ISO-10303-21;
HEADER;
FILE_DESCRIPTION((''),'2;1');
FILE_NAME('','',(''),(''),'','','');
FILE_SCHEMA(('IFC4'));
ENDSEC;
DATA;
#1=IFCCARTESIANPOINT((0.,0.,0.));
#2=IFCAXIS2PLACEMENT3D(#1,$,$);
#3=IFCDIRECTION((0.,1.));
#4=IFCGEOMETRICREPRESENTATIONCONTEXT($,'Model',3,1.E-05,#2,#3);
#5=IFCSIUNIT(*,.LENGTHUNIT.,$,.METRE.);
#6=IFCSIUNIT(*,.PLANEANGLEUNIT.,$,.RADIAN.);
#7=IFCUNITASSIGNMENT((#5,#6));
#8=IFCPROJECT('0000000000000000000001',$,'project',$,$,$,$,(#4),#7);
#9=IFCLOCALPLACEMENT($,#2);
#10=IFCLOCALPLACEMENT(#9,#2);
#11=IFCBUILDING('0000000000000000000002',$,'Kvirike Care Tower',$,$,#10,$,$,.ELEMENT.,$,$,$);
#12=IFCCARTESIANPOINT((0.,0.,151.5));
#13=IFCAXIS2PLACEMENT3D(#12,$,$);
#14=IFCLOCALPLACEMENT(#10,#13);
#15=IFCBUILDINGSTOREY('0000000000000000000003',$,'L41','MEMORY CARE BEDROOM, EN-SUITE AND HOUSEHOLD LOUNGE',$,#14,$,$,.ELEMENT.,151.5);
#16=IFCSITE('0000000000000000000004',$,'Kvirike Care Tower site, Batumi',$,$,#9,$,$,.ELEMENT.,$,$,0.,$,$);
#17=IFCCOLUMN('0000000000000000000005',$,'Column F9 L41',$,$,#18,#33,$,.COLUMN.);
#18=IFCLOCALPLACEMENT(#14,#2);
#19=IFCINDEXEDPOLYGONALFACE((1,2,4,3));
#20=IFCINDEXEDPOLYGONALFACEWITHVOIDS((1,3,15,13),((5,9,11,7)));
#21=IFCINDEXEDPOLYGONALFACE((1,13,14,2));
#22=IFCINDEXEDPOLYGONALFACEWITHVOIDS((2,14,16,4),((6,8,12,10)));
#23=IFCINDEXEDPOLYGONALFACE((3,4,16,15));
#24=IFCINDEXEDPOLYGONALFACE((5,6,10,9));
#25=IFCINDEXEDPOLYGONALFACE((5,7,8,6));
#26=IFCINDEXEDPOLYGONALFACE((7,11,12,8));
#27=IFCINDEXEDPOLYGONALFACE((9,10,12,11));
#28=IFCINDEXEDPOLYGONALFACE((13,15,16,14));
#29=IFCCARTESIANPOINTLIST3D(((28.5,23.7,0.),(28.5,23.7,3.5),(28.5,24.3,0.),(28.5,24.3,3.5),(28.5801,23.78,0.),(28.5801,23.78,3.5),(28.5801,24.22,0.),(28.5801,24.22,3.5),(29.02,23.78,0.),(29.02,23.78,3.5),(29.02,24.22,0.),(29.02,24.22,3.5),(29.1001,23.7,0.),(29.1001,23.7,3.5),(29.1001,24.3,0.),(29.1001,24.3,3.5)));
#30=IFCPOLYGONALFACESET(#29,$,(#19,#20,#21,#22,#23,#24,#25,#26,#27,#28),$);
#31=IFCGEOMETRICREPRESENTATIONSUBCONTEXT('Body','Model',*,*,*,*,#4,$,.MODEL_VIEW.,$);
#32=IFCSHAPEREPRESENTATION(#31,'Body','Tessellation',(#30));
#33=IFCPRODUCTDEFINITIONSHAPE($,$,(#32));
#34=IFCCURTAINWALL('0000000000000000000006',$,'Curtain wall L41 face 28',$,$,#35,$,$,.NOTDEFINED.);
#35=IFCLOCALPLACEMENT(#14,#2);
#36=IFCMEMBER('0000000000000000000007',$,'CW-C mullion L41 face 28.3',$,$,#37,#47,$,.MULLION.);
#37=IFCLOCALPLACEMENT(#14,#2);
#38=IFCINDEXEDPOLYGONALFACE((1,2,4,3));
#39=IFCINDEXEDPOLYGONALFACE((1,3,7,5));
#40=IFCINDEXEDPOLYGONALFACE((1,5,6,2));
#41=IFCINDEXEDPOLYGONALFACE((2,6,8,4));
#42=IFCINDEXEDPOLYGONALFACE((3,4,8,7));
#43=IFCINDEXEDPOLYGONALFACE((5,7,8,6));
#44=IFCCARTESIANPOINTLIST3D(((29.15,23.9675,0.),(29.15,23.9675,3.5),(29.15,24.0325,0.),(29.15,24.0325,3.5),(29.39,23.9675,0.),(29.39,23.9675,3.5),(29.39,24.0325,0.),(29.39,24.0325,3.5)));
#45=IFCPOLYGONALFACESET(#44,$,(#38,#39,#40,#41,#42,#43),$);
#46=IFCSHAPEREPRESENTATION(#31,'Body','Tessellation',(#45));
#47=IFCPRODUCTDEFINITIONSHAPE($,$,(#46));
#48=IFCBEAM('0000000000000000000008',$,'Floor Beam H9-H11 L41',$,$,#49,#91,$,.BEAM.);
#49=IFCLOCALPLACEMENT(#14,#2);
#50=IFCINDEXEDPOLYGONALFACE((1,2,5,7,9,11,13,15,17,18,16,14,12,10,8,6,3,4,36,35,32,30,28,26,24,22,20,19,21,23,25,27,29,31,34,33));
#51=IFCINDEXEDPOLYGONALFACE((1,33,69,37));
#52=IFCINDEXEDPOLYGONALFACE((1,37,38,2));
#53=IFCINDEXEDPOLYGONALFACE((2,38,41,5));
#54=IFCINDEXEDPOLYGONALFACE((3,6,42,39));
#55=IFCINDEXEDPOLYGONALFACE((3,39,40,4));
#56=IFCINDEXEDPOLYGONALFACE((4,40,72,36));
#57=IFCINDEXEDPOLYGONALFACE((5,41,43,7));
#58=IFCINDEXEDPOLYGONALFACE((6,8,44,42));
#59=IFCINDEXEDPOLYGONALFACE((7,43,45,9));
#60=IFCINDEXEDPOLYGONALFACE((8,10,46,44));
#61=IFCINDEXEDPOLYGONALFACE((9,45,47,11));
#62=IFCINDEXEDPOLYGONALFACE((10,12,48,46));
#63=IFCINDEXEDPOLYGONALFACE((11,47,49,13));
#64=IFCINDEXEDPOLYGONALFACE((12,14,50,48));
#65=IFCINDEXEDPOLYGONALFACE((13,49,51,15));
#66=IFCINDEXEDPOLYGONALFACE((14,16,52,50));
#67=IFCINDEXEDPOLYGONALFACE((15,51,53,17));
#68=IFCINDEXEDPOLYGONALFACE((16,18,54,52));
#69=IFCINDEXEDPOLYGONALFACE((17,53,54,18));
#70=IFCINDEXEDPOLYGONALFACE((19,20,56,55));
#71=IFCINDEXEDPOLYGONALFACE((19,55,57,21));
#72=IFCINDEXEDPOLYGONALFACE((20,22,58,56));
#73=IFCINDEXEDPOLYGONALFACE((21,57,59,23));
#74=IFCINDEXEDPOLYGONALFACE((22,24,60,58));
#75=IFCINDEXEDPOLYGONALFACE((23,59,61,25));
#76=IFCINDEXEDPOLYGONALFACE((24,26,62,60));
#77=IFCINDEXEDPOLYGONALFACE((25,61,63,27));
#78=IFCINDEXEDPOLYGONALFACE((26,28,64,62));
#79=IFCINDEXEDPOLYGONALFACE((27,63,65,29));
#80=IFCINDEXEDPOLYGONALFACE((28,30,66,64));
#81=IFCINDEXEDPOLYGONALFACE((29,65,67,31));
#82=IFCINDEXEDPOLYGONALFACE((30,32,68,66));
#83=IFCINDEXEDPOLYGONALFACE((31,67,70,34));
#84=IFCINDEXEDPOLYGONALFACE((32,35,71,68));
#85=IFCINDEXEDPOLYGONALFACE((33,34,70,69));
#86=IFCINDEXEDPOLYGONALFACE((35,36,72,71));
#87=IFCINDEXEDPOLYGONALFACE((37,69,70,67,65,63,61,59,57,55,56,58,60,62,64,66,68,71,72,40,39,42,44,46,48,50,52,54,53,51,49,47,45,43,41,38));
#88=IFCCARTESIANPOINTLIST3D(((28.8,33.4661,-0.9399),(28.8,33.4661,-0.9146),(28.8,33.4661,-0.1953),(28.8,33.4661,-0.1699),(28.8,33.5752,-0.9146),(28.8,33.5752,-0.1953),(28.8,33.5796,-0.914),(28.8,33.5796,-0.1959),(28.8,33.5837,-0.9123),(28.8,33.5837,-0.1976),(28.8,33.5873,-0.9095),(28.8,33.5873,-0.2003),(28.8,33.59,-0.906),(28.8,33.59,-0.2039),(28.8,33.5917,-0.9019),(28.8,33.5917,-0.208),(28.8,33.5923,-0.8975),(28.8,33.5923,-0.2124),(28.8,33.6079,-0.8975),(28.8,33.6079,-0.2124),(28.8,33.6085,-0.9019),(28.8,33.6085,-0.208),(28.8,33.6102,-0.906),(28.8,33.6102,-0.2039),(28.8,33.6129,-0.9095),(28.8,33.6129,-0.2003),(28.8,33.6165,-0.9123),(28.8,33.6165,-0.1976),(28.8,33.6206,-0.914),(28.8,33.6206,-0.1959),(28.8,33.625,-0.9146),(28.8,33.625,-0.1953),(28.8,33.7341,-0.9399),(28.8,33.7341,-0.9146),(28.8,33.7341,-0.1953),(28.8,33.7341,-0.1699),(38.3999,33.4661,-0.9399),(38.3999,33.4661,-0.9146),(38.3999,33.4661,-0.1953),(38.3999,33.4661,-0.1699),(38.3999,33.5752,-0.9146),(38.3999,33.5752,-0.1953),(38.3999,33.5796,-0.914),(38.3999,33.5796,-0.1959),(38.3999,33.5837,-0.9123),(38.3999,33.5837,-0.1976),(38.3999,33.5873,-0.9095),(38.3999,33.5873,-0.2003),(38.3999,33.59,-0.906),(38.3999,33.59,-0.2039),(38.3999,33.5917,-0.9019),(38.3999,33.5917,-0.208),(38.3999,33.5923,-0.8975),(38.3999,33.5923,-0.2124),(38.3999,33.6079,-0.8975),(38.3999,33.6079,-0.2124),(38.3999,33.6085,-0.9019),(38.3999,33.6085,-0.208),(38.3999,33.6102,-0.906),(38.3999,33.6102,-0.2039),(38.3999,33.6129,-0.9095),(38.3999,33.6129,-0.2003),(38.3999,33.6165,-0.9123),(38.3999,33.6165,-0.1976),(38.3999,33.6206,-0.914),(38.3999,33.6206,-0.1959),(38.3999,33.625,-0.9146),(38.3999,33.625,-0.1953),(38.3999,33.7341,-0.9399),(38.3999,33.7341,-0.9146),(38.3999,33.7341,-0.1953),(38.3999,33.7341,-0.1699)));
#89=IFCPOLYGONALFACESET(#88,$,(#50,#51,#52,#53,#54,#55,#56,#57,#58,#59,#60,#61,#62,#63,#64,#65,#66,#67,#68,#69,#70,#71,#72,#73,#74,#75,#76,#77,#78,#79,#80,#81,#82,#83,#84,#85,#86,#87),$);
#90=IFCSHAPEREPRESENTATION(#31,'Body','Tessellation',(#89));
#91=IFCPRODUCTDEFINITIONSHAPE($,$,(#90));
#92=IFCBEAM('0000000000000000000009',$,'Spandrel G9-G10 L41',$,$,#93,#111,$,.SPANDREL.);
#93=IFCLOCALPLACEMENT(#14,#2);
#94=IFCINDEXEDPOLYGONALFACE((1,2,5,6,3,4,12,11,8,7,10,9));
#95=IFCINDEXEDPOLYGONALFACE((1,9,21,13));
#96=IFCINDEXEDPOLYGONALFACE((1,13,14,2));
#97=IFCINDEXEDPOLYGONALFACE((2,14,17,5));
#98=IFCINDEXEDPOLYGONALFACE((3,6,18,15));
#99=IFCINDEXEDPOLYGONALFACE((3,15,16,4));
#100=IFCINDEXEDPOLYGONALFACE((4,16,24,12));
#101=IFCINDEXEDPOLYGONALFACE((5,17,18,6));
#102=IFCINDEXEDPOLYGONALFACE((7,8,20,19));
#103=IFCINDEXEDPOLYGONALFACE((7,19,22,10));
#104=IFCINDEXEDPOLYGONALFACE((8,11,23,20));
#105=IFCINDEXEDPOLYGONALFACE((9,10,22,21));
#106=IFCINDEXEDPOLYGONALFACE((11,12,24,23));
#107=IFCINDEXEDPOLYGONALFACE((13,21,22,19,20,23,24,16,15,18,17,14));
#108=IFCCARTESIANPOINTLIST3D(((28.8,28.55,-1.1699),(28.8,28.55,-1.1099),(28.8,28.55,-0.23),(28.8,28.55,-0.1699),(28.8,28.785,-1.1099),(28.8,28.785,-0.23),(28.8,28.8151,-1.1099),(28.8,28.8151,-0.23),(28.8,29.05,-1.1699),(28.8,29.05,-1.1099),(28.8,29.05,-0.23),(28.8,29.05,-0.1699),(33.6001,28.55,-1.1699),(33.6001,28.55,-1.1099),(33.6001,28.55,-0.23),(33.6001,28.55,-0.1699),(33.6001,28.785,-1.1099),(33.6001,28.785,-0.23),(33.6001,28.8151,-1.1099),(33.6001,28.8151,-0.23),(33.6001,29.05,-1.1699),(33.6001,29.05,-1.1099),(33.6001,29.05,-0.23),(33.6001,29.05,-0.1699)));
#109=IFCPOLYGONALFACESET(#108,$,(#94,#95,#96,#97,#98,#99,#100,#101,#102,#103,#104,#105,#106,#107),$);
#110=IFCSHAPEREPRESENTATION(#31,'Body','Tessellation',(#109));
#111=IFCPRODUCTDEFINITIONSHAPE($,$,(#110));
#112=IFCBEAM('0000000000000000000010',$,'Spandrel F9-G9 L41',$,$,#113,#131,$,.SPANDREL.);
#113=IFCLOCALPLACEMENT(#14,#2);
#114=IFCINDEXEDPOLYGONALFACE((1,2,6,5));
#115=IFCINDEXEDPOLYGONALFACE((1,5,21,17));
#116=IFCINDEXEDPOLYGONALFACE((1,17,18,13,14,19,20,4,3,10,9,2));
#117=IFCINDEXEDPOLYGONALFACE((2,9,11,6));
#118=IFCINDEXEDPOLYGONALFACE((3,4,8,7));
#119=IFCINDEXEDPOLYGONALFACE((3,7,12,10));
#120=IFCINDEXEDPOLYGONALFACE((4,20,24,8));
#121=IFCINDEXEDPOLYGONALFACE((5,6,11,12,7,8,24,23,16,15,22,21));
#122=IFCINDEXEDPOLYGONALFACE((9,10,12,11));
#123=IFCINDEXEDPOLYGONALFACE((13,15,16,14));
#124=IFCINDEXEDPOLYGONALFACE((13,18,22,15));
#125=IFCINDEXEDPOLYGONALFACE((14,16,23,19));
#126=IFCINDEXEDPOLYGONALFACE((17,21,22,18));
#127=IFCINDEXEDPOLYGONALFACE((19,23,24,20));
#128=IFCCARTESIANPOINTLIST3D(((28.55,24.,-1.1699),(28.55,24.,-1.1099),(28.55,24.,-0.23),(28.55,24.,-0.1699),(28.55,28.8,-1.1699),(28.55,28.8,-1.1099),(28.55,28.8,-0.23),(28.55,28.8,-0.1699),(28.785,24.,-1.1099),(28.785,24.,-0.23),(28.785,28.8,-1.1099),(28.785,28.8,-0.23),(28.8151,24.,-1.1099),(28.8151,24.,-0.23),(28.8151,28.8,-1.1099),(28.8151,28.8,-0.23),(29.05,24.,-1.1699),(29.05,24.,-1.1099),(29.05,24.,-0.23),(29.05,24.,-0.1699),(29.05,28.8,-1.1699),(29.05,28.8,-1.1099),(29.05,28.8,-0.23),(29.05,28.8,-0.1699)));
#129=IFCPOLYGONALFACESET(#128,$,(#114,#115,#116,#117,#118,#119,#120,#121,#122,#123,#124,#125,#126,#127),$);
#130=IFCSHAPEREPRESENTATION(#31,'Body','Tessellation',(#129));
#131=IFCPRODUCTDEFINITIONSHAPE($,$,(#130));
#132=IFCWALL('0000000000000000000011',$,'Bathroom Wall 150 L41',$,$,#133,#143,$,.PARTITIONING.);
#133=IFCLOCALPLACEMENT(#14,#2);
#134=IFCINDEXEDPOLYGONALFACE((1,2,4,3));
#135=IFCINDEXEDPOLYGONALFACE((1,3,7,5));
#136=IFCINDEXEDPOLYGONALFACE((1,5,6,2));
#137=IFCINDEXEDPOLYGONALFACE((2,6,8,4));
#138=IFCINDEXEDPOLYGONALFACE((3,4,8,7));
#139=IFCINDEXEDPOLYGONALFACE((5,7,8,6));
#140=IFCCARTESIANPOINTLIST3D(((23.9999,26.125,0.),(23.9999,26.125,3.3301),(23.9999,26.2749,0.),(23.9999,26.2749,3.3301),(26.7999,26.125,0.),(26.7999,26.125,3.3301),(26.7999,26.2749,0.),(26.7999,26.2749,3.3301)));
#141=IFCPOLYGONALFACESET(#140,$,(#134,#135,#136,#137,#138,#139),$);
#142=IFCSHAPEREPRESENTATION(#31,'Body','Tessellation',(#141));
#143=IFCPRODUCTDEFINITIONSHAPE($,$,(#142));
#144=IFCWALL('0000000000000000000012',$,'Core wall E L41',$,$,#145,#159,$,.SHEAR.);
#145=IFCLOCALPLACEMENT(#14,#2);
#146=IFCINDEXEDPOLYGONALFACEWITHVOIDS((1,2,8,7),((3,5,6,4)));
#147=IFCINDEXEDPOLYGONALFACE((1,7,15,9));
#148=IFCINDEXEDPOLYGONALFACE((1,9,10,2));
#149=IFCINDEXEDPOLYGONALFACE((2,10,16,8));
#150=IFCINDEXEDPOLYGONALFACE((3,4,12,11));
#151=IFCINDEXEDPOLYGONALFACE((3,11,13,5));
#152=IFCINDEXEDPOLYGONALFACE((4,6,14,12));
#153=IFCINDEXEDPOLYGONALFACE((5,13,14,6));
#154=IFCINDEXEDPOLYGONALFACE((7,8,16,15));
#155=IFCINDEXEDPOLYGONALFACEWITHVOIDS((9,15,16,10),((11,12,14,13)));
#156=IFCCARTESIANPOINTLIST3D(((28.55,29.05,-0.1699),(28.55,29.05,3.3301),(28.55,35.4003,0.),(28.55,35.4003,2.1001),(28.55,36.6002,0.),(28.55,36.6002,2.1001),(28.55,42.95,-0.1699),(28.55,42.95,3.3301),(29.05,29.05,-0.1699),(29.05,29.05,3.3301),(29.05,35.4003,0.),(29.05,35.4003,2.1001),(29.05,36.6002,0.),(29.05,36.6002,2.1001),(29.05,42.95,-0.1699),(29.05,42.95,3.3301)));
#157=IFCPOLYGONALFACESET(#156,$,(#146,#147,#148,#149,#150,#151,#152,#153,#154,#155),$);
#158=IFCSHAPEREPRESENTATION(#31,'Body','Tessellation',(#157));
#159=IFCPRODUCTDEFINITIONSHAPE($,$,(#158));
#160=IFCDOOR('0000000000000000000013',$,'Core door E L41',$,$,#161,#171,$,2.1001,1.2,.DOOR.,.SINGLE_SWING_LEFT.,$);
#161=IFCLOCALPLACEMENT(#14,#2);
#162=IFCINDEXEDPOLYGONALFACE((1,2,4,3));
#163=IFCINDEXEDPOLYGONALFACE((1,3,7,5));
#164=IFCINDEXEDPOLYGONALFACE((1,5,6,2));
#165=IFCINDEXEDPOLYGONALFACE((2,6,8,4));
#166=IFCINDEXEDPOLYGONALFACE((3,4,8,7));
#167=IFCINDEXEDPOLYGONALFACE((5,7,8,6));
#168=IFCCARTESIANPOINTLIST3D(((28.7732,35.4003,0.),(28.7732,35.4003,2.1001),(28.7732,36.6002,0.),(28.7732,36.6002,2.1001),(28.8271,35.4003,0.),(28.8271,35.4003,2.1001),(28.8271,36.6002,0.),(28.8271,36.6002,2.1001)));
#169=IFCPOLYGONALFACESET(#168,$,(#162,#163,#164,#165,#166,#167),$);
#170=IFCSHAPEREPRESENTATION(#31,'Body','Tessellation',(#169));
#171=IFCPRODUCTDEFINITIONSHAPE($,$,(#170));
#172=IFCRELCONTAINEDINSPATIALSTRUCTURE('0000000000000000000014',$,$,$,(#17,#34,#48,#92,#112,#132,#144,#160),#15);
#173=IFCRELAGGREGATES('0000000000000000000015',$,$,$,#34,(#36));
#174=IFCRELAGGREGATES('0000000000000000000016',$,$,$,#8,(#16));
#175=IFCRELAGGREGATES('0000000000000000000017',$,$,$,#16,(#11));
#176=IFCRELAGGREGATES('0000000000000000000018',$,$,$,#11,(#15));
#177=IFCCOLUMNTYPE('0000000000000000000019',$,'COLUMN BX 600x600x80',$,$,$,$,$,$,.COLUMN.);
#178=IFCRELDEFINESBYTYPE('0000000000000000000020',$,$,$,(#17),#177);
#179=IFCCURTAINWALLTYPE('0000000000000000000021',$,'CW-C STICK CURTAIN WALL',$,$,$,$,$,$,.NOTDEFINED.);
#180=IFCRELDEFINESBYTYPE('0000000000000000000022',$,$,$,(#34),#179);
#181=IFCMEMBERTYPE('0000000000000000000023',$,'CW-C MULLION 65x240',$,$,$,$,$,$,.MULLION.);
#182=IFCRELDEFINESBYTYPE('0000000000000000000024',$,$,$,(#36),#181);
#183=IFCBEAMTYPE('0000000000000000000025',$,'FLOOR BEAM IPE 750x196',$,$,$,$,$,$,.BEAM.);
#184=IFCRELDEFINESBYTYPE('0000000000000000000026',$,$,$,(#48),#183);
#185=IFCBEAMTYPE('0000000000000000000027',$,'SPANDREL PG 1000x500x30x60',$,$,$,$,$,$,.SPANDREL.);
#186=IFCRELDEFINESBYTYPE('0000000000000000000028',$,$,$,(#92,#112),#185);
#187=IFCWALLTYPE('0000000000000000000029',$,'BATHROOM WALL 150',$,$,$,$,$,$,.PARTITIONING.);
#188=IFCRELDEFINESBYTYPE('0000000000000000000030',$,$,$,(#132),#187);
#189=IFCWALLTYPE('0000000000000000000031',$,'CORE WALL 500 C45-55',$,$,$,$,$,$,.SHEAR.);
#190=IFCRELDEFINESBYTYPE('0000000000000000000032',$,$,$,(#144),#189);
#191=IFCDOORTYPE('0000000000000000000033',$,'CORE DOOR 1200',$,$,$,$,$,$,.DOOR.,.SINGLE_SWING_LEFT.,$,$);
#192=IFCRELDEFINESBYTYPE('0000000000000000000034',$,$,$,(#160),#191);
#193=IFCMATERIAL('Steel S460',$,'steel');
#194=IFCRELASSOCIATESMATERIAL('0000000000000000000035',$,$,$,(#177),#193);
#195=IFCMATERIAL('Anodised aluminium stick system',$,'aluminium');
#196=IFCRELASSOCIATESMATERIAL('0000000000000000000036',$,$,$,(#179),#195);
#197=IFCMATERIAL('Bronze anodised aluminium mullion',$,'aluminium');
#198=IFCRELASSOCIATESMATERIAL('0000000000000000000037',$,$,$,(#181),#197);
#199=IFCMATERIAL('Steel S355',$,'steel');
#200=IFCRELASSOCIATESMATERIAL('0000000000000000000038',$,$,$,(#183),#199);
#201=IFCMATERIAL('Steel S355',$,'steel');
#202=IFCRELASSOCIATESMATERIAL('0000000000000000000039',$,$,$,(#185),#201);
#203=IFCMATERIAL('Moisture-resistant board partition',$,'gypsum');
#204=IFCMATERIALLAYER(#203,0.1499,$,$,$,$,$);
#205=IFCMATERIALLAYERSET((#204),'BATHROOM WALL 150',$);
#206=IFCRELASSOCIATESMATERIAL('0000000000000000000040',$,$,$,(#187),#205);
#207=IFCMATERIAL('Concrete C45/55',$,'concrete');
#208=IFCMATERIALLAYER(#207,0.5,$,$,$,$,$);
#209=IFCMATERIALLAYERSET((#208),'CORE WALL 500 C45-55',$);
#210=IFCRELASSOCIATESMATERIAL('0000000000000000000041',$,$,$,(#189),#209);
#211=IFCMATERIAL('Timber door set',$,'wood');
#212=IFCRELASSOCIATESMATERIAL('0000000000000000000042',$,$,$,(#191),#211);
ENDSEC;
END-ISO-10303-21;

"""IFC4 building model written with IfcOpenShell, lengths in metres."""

from ifc_helpers import new_model, si_unit, direction, frame, frame_2d, origin, origin_2d, place, context, subcontext, project, spatial, rectangle, hollow_rectangle, i_section, extrude, material, layer, layer_set, material_profile, profile_set, type_object, element, fill, aggregate, save


model = new_model("IFC4")

# Units and contexts
model_context = context("Model", 3, precision=1e-05, world=origin(), true_north=direction((0.0, 1.0)))
body_context = subcontext(model_context, "Body", "Model", "MODEL_VIEW")
ifc_project = project(units=[si_unit("LENGTHUNIT", "METRE"), si_unit("PLANEANGLEUNIT", "RADIAN")], contexts=[model_context])

# Site, building, storey
site_placement = place(None, origin())
site = spatial("IfcSite", under=ifc_project, at=site_placement, Name="Kvirike Care Tower site, Batumi", CompositionType="ELEMENT", RefElevation=0.0)
building_placement = place(site_placement, origin())
building = spatial("IfcBuilding", under=site, at=building_placement, Name="Kvirike Care Tower", CompositionType="ELEMENT")
storey_placement = place(building_placement, frame((0.0, 0.0, 151.5)))
storey = spatial("IfcBuildingStorey", under=building, at=storey_placement, Name="L41", Description="MEMORY CARE BEDROOM, EN-SUITE AND HOUSEHOLD LOUNGE", CompositionType="ELEMENT", Elevation=151.5)

# Column
ifc_material_1 = material(Name="Steel S460", Category="steel")
ifc_material_profile_1 = material_profile(ifc_material_1, hollow_rectangle(XDim=0.6001, YDim=0.6001, WallThickness=0.0801, at=origin_2d()), Name="BX 600x600x80")
ifc_profile_set_1 = profile_set([ifc_material_profile_1], Name="Steel S460")
column_type = type_object("IfcColumnType", Name="COLUMN BX 600x600x80", PredefinedType="COLUMN", material=ifc_profile_set_1)
column_placement = place(storey_placement, frame((28.8, 24.0, 0.0), z_axis=(0.0, 0.0, 1.0), x_axis=(1.0, 0.0, 0.0)))
element("IfcColumn", 1, at=column_placement, inside=storey, type_object=column_type, Name="Column F9 L41", PredefinedType="COLUMN", context=body_context, shape_type="SweptSolid", body=[
    extrude(hollow_rectangle(XDim=0.6001, YDim=0.6001, WallThickness=0.0801, at=origin_2d()), origin(), (0.0, 0.0, 1.0), 3.5),
])

# Curtain wall, member
ifc_material_2 = material(Name="Anodised aluminium stick system", Category="aluminium")
curtain_wall_type = type_object("IfcCurtainWallType", Name="CW-C STICK CURTAIN WALL", PredefinedType="NOTDEFINED", material=ifc_material_2)
curtain_wall_placement = place(storey_placement, origin())
curtain_wall = element("IfcCurtainWall", 2, at=curtain_wall_placement, inside=storey, type_object=curtain_wall_type, Name="Curtain wall L41 face 28", PredefinedType="NOTDEFINED")
ifc_material_3 = material(Name="Bronze anodised aluminium mullion", Category="aluminium")
ifc_material_profile_2 = material_profile(ifc_material_3, rectangle(XDim=0.0649, YDim=0.24, at=origin_2d()), Name="CW-C MULLION 65x240")
ifc_profile_set_2 = profile_set([ifc_material_profile_2], Name="Bronze anodised aluminium mullion")
member_type = type_object("IfcMemberType", Name="CW-C MULLION 65x240", PredefinedType="MULLION", material=ifc_profile_set_2)
member_placement = place(storey_placement, frame((29.27, 24.0, 0.0), z_axis=(0.0, 0.0, 1.0), x_axis=(0.0, 1.0, 0.0)))
member = element("IfcMember", 3, at=member_placement, type_object=member_type, Name="CW-C mullion L41 face 28.3", PredefinedType="MULLION", context=body_context, shape_type="SweptSolid", body=[
    extrude(rectangle(XDim=0.0649, YDim=0.24, at=origin_2d()), origin(), (0.0, 0.0, 1.0), 3.5),
])
aggregate(curtain_wall, [member])

# Beams
ifc_material_4 = material(Name="Steel S355", Category="steel")
ifc_material_profile_3 = material_profile(ifc_material_4, i_section(OverallWidth=0.2681, OverallDepth=0.77, WebThickness=0.0156, FlangeThickness=0.0254, FilletRadius=0.0171, at=origin_2d()), Name="IPE 750x196")
ifc_profile_set_3 = profile_set([ifc_material_profile_3], Name="Steel S355")
beam_type_1 = type_object("IfcBeamType", Name="FLOOR BEAM IPE 750x196", PredefinedType="BEAM", material=ifc_profile_set_3)
beam_placement = place(storey_placement, frame((28.8, 33.6001, -0.5549), z_axis=(1.0, 0.0, 0.0), x_axis=(0.0, 1.0, 0.0)))
element("IfcBeam", 4, at=beam_placement, inside=storey, type_object=beam_type_1, Name="Floor Beam H9-H11 L41", PredefinedType="BEAM", context=body_context, shape_type="SweptSolid", body=[
    extrude(i_section(OverallWidth=0.2681, OverallDepth=0.77, WebThickness=0.0156, FlangeThickness=0.0254, FilletRadius=0.0171, at=origin_2d()), origin(), (0.0, 0.0, 1.0), 9.5999),
])
ifc_material_5 = material(Name="Steel S355", Category="steel")
ifc_material_profile_4 = material_profile(ifc_material_5, i_section(OverallWidth=0.5, OverallDepth=1.0, WebThickness=0.03, FlangeThickness=0.0601, at=origin_2d()), Name="PG 1000x500x30x60")
ifc_profile_set_4 = profile_set([ifc_material_profile_4], Name="Steel S355")
beam_type_2 = type_object("IfcBeamType", Name="SPANDREL PG 1000x500x30x60", PredefinedType="SPANDREL", material=ifc_profile_set_4)
for number, where, z_axis, x_axis, name in (
    (5, (28.8, 28.8, -0.6699), (1.0, 0.0, 0.0), (0.0, 1.0, 0.0), "Spandrel G9-G10 L41"),
    (6, (28.8, 24.0, -0.6699), (0.0, 1.0, 0.0), (-1.0, 0.0, 0.0), "Spandrel F9-G9 L41"),
):
    element("IfcBeam", number, at=place(storey_placement, frame(where, z_axis=z_axis, x_axis=x_axis)), inside=storey, type_object=beam_type_2, Name=name, PredefinedType="SPANDREL", context=body_context, shape_type="SweptSolid", body=[
        extrude(i_section(OverallWidth=0.5, OverallDepth=1.0, WebThickness=0.03, FlangeThickness=0.0601, at=origin_2d()), origin(), (0.0, 0.0, 1.0), 4.8),
    ])

# Wall
ifc_material_6 = material(Name="Moisture-resistant board partition", Category="gypsum")
ifc_layer_1 = layer(ifc_material_6, 0.1499)
ifc_layer_set_1 = layer_set([ifc_layer_1], Name="BATHROOM WALL 150")
wall_type_1 = type_object("IfcWallType", Name="BATHROOM WALL 150", PredefinedType="PARTITIONING", material=ifc_layer_set_1)
wall_1_placement = place(storey_placement, frame((24.0, 26.2, 0.0), z_axis=(0.0, 0.0, 1.0), x_axis=(1.0, 0.0, 0.0)))
element("IfcWall", 7, at=wall_1_placement, inside=storey, type_object=wall_type_1, Name="Bathroom Wall 150 L41", PredefinedType="PARTITIONING", context=body_context, shape_type="SweptSolid", body=[
    extrude(rectangle(XDim=2.8, YDim=0.1499, at=frame_2d((1.3999, 0.0))), origin(), (0.0, 0.0, 1.0), 3.3301),
])

# Wall, opening, door
ifc_material_7 = material(Name="Concrete C45/55", Category="concrete")
ifc_layer_2 = layer(ifc_material_7, 0.5)
ifc_layer_set_2 = layer_set([ifc_layer_2], Name="CORE WALL 500 C45-55")
wall_type_2 = type_object("IfcWallType", Name="CORE WALL 500 C45-55", PredefinedType="SHEAR", material=ifc_layer_set_2)
wall_2_placement = place(storey_placement, frame((28.8, 29.05, -0.1699), z_axis=(0.0, 0.0, 1.0), x_axis=(0.0, 1.0, 0.0)))
wall_2 = element("IfcWall", 8, at=wall_2_placement, inside=storey, type_object=wall_type_2, Name="Core wall E L41", PredefinedType="SHEAR", context=body_context, shape_type="SweptSolid", body=[
    extrude(rectangle(XDim=13.8999, YDim=0.5, at=frame_2d((6.95, 0.0))), origin(), (0.0, 0.0, 1.0), 3.5),
])
opening_1_placement = place(wall_2_placement, frame((6.3501, 0.0, 0.1699)))
opening_1 = element("IfcOpeningElement", 9, at=opening_1_placement, cuts=wall_2, PredefinedType="OPENING", context=body_context, shape_type="SweptSolid", body=[
    extrude(rectangle(XDim=1.2, YDim=2.1001, at=frame_2d((0.6001, 1.05))), frame((0.0, 0.2605, 0.0), z_axis=(0.0, -1.0, 0.0), x_axis=(1.0, 0.0, 0.0)), (0.0, 0.0, 1.0), 0.521),
])
ifc_material_8 = material(Name="Timber door set", Category="wood")
door_type_1 = type_object("IfcDoorType", Name="CORE DOOR 1200", OperationType="SINGLE_SWING_LEFT", PredefinedType="DOOR", material=ifc_material_8)
door_1_placement = place(opening_1_placement, origin())
door_1 = element("IfcDoor", 10, at=door_1_placement, inside=storey, type_object=door_type_1, Name="Core door E L41", OperationType="SINGLE_SWING_LEFT", OverallHeight=2.1001, OverallWidth=1.2, PredefinedType="DOOR", context=body_context, shape_type="SweptSolid", body=[
    extrude(rectangle(XDim=1.2, YDim=2.1001, at=frame_2d((0.6001, 1.05))), frame((0.0, 0.0269, 0.0), z_axis=(0.0, -1.0, 0.0), x_axis=(1.0, 0.0, 0.0)), (0.0, 0.0, 1.0), 0.054),
])
fill(opening_1, door_1)

save(model, "model.ifc")
